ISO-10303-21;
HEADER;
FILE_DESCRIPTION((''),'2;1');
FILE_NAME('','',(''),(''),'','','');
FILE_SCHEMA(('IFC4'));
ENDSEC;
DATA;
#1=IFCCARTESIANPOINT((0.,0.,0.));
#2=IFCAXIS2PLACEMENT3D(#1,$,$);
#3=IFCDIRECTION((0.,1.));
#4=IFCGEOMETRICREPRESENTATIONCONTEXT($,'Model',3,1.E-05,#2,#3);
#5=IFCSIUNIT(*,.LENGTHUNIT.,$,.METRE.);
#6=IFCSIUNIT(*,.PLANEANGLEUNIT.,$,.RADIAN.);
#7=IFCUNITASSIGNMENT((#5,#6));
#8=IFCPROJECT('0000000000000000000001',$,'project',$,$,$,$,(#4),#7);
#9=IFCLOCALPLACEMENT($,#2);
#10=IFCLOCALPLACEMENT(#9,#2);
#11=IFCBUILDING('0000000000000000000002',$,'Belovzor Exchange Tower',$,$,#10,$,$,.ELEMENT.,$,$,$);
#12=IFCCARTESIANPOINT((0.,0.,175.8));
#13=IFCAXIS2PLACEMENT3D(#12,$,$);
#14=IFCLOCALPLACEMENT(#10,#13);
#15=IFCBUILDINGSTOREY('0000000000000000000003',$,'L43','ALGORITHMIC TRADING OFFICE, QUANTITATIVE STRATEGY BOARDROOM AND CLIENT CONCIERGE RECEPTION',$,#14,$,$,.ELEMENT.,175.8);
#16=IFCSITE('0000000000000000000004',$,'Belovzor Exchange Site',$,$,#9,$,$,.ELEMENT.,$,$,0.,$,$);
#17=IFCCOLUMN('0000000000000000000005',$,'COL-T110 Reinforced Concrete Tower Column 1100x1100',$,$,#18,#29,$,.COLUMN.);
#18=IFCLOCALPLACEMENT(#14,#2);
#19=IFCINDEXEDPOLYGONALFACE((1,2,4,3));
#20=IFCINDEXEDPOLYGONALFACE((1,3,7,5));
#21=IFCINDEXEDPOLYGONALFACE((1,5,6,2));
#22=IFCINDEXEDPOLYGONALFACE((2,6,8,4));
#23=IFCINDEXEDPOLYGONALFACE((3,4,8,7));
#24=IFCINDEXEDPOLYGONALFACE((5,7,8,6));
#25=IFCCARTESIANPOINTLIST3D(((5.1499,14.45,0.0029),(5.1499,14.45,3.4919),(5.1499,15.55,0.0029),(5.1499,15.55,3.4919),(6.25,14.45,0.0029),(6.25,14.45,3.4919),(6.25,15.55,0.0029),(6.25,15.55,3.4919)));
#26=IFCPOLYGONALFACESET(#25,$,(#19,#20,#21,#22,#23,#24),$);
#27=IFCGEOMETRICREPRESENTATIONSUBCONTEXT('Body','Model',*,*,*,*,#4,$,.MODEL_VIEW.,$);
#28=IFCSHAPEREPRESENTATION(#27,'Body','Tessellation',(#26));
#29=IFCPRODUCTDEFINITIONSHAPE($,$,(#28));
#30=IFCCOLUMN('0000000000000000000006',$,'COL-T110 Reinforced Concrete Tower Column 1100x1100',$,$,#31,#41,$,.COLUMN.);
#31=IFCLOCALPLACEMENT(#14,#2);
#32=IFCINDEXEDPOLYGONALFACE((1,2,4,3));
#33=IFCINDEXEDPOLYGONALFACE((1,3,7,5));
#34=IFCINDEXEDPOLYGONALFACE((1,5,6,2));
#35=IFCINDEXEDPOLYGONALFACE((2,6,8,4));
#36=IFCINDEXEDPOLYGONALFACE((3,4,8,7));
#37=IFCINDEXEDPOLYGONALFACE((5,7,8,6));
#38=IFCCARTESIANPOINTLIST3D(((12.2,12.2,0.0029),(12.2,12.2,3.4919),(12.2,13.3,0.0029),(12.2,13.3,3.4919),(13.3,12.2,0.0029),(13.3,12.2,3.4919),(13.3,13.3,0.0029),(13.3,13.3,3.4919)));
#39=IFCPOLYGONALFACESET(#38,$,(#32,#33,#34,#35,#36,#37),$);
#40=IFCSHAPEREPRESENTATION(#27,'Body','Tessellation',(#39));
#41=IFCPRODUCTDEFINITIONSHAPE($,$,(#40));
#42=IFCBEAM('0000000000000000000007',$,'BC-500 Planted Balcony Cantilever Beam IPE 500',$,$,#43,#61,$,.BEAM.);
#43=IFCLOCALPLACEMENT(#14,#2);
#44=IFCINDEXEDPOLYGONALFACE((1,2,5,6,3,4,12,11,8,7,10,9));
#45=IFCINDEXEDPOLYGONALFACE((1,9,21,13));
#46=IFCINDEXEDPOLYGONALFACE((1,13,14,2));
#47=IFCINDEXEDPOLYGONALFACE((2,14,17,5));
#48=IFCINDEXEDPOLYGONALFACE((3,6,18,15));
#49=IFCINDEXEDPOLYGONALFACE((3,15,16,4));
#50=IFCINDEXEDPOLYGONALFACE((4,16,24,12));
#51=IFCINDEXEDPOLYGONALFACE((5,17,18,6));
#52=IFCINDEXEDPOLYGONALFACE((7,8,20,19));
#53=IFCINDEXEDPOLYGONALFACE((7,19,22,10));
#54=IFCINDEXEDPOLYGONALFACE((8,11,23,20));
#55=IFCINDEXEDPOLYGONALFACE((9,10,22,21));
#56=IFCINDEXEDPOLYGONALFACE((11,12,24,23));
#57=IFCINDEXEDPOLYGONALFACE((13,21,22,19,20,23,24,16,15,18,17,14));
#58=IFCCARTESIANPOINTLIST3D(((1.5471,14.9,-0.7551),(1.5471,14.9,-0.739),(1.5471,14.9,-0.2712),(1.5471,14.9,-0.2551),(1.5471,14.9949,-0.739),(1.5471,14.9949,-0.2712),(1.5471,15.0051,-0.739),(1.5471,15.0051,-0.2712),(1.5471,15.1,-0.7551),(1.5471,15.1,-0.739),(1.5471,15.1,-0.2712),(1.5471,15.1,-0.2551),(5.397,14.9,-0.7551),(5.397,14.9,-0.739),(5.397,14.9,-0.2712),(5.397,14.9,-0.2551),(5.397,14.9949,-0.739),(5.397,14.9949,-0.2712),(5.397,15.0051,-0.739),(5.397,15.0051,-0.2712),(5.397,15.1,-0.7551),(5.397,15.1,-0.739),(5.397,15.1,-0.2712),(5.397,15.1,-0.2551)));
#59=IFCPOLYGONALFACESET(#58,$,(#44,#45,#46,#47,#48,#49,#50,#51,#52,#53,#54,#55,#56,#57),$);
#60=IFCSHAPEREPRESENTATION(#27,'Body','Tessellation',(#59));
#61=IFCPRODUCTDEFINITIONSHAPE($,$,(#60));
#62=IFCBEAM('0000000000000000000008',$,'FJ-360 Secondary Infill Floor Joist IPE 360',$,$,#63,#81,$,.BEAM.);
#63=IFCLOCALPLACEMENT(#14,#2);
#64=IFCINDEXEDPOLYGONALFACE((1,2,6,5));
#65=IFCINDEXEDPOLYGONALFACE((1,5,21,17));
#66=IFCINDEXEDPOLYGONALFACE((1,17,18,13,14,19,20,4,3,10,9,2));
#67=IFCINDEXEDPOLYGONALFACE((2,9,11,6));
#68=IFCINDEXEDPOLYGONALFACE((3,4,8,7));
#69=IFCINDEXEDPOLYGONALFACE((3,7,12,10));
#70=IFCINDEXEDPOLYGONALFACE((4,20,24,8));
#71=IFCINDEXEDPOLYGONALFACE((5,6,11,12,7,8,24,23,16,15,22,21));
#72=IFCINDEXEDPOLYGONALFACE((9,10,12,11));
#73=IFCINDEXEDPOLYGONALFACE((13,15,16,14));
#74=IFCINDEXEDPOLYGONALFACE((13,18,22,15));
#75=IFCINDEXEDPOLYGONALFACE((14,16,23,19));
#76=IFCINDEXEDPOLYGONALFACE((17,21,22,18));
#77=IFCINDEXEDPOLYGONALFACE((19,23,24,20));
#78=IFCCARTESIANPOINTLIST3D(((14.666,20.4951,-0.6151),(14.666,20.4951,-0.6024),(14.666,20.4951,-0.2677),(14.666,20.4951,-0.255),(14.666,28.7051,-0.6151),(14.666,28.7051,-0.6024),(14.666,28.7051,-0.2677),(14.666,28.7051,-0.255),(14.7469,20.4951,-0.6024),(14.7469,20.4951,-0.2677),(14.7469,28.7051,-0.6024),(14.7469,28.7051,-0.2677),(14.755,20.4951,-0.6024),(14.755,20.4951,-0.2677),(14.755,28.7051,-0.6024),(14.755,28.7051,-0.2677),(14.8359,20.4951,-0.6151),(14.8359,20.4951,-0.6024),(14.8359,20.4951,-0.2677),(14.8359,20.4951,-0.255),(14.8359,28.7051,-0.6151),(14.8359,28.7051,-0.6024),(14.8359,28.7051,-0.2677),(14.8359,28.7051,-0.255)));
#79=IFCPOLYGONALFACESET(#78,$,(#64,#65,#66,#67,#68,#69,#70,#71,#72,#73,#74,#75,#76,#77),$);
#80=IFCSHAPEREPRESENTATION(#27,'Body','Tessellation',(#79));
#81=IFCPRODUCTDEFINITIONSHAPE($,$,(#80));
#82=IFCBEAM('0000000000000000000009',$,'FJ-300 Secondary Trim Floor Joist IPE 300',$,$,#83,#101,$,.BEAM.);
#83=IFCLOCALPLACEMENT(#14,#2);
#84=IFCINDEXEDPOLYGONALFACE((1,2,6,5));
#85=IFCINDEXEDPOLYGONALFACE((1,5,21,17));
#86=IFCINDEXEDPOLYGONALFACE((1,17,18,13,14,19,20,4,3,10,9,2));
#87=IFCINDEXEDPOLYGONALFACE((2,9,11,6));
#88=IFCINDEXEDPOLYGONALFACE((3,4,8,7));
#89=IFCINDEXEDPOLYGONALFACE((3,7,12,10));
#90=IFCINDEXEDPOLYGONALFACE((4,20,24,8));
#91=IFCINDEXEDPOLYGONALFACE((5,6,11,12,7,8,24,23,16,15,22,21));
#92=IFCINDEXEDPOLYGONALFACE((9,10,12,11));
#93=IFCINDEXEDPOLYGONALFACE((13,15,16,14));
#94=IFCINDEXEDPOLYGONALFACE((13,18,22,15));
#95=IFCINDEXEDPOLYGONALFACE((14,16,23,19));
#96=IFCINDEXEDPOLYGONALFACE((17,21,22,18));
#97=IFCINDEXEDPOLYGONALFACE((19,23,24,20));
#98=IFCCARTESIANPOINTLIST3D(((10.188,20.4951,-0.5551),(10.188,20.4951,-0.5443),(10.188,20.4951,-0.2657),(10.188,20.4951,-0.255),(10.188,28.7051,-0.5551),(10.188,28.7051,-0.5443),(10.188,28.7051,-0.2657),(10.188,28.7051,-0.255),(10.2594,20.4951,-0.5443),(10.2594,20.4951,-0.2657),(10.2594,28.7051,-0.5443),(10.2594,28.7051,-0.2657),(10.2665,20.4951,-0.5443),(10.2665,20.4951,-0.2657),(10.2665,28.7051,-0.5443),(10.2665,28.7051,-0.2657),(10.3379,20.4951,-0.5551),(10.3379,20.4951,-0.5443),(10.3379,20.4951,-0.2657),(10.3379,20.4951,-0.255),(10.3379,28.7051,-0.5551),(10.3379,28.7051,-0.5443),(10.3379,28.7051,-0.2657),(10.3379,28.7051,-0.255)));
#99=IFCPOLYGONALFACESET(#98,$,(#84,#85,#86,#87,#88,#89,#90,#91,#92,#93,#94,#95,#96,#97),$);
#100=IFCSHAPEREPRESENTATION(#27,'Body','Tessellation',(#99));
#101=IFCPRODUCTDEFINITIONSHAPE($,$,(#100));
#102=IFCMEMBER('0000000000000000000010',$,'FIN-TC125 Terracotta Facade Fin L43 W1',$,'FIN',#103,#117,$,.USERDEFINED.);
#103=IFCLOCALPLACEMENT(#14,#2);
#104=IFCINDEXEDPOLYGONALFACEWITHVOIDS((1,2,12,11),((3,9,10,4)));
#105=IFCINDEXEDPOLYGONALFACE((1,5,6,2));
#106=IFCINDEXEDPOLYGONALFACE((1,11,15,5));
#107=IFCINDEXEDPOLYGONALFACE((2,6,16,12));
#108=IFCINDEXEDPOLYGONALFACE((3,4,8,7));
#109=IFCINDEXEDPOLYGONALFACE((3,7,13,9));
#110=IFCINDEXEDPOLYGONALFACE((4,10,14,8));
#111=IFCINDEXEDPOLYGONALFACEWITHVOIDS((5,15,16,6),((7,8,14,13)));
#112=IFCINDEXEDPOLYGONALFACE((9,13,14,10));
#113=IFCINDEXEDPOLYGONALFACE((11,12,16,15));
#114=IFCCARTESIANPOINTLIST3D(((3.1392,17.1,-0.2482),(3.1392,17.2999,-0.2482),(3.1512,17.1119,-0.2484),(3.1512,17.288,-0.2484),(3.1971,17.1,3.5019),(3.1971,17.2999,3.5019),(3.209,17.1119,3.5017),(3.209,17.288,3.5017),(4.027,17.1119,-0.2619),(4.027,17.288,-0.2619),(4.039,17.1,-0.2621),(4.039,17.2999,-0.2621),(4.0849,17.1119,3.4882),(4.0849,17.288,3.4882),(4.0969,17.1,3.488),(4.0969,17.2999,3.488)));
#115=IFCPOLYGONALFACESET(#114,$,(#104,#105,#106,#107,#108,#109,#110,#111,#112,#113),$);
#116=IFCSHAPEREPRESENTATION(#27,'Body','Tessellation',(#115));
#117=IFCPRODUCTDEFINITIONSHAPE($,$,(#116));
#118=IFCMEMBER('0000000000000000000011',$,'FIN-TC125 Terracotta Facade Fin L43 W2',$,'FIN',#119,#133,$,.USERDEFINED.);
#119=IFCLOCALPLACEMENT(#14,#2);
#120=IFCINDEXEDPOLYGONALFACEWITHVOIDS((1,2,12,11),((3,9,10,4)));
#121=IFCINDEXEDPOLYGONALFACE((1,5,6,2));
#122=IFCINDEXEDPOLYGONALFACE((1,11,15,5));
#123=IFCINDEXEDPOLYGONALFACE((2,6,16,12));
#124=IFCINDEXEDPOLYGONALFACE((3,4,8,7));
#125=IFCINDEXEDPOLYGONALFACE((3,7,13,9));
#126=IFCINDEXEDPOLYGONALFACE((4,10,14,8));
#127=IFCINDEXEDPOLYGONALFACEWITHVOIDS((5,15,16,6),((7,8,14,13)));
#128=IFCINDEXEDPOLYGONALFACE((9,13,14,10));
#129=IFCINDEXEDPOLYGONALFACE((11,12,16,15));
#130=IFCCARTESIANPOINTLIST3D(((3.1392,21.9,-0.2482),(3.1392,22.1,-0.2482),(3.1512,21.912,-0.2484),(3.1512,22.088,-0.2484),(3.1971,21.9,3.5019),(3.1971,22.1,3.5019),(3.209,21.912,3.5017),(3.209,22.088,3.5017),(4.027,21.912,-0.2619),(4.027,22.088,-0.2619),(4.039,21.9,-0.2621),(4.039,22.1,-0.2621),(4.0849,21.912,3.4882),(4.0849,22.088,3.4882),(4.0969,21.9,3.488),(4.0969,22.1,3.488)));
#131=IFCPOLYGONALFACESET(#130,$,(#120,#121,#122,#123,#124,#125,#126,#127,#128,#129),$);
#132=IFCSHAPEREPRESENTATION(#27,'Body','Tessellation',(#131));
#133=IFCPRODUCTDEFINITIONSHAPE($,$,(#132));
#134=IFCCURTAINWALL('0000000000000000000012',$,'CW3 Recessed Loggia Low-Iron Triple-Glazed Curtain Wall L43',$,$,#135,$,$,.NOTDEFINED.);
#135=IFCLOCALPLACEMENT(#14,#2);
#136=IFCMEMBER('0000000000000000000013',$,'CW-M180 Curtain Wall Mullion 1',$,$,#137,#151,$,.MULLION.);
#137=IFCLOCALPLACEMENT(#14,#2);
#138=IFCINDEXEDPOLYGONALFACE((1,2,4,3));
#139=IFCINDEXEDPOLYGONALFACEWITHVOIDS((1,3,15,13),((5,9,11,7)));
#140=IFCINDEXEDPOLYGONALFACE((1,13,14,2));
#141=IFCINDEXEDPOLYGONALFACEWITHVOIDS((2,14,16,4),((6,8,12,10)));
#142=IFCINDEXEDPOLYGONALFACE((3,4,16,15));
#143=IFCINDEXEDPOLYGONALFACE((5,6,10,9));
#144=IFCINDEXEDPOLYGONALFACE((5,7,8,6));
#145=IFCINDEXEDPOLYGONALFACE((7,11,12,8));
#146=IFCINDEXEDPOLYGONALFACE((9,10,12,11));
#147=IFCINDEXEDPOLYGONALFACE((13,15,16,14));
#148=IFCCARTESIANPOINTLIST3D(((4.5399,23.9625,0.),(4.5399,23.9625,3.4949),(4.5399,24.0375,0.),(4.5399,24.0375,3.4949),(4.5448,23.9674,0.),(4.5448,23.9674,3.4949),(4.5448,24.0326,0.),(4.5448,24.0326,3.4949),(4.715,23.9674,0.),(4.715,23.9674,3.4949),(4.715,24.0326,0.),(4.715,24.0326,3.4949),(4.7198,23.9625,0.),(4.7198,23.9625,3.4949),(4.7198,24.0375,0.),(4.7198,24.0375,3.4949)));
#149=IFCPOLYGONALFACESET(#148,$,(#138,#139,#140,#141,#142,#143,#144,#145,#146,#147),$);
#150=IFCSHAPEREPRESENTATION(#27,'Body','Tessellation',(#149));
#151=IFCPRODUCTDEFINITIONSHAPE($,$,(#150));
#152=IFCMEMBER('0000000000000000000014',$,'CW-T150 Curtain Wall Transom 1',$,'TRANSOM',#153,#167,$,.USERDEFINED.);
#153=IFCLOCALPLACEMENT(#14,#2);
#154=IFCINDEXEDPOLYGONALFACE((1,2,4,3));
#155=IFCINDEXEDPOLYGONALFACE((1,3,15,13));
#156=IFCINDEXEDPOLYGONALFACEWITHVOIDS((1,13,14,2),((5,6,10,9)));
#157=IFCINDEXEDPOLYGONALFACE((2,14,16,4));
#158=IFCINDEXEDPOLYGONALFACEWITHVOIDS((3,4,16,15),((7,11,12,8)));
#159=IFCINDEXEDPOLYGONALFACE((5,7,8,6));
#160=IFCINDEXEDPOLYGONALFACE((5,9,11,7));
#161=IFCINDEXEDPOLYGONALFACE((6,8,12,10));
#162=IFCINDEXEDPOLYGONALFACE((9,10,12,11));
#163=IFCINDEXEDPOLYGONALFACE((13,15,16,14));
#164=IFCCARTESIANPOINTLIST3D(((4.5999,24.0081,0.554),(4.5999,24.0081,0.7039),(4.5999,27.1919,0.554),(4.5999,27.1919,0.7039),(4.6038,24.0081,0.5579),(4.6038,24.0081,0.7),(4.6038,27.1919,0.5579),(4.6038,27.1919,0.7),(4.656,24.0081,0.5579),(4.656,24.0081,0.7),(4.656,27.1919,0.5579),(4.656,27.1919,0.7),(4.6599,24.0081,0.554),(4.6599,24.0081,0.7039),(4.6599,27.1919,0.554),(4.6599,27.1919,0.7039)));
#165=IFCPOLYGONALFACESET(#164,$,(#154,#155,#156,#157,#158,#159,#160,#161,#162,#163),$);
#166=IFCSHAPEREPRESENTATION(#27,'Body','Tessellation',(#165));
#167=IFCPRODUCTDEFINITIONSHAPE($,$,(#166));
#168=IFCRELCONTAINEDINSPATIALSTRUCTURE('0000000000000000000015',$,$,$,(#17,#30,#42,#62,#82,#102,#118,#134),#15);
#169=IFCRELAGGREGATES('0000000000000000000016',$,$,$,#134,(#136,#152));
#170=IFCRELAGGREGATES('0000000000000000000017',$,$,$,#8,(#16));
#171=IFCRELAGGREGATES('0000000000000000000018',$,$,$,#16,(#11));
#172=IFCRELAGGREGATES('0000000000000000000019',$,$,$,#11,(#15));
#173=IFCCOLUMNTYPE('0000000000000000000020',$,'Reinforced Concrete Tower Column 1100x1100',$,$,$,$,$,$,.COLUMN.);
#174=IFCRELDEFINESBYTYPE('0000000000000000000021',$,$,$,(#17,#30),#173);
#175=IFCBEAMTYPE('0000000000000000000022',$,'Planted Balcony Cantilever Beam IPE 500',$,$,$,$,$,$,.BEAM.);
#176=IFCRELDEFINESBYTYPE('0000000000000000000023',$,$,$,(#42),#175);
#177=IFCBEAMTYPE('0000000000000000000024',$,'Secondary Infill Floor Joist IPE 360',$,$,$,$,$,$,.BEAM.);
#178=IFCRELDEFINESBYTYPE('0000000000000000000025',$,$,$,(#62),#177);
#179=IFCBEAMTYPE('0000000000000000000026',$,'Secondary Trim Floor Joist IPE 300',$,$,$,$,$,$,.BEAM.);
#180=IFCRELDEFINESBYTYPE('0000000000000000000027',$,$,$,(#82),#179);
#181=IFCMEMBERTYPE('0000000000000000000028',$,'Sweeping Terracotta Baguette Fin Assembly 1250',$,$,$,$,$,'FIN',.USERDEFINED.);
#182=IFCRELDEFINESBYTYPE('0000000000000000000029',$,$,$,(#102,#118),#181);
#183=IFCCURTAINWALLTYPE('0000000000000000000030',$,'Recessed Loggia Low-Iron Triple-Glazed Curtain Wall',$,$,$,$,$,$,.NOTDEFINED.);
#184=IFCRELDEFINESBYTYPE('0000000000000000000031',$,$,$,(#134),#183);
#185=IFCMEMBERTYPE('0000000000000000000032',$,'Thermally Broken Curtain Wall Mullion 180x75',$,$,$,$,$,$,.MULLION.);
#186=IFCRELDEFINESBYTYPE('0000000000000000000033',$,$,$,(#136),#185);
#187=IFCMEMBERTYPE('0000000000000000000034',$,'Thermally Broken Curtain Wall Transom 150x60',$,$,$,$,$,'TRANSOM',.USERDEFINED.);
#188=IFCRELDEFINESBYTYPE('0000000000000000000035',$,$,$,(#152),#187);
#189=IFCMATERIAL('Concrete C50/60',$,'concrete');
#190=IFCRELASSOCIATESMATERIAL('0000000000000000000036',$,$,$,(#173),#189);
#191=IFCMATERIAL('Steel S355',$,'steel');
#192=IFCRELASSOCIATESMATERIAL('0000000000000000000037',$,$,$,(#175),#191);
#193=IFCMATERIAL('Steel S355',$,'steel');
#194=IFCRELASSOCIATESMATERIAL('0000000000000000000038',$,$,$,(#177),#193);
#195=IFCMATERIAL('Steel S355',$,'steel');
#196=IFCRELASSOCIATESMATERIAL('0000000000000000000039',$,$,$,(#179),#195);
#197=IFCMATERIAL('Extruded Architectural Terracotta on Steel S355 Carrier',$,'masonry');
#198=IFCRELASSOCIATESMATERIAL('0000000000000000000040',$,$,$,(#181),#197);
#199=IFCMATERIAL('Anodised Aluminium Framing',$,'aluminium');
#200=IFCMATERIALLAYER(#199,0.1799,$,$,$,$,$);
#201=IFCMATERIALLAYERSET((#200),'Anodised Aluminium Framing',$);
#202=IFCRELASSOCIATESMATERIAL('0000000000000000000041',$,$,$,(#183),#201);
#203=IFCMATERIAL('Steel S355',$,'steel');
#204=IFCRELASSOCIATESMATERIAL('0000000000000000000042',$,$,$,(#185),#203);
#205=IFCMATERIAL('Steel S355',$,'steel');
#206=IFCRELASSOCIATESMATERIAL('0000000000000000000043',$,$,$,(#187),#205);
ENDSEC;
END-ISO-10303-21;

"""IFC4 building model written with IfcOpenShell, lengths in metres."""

from ifc_helpers import new_model, si_unit, direction, frame, origin, origin_2d, place, context, subcontext, project, spatial, rectangle, hollow_rectangle, i_section, extrude, material, layer, layer_set, material_profile, profile_set, type_object, element, aggregate, save


model = new_model("IFC4")

# Units and contexts
model_context = context("Model", 3, precision=1e-05, world=origin(), true_north=direction((0.0, 1.0)))
body_context = subcontext(model_context, "Body", "Model", "MODEL_VIEW")
ifc_project = project(units=[si_unit("LENGTHUNIT", "METRE"), si_unit("PLANEANGLEUNIT", "RADIAN")], contexts=[model_context])

# Site, building, storey
site_placement = place(None, origin())
site = spatial("IfcSite", under=ifc_project, at=site_placement, Name="Belovzor Exchange Site", CompositionType="ELEMENT", RefElevation=0.0)
building_placement = place(site_placement, origin())
building = spatial("IfcBuilding", under=site, at=building_placement, Name="Belovzor Exchange Tower", CompositionType="ELEMENT")
storey_placement = place(building_placement, frame((0.0, 0.0, 175.8)))
storey = spatial("IfcBuildingStorey", under=building, at=storey_placement, Name="L43", Description="ALGORITHMIC TRADING OFFICE, QUANTITATIVE STRATEGY BOARDROOM AND CLIENT CONCIERGE RECEPTION", CompositionType="ELEMENT", Elevation=175.8)

# Columns
ifc_material_1 = material(Name="Concrete C50/60", Category="concrete")
ifc_material_profile_1 = material_profile(ifc_material_1, rectangle(XDim=1.1001, YDim=1.1001, at=origin_2d()))
ifc_profile_set_1 = profile_set([ifc_material_profile_1], Name="Concrete C50/60")
column_type = type_object("IfcColumnType", Name="Reinforced Concrete Tower Column 1100x1100", PredefinedType="COLUMN", material=ifc_profile_set_1)
for number, where, z_axis, x_axis, name in (
    (1, (5.7, 15.0, 0.0029), (0.0, 0.0, 1.0), (1.0, 0.0, 0.0), "COL-T110 Reinforced Concrete Tower Column 1100x1100"),
    (2, (12.75, 12.75, 0.0029), (0.0, 0.0, 1.0), (1.0, 0.0, 0.0), "COL-T110 Reinforced Concrete Tower Column 1100x1100"),
):
    element("IfcColumn", number, at=place(storey_placement, frame(where, z_axis=z_axis, x_axis=x_axis)), inside=storey, type_object=column_type, Name=name, PredefinedType="COLUMN", context=body_context, shape_type="SweptSolid", body=[
        extrude(rectangle(XDim=1.1001, YDim=1.1001, at=origin_2d()), origin(), (0.0, 0.0, 1.0), 3.489),
    ])

# Beams
ifc_material_2 = material(Name="Steel S355", Category="steel")
ifc_material_profile_2 = material_profile(ifc_material_2, i_section(OverallWidth=0.2, OverallDepth=0.5, WebThickness=0.0103, FlangeThickness=0.0161, at=origin_2d()))
ifc_profile_set_2 = profile_set([ifc_material_profile_2], Name="Steel S355")
beam_type_1 = type_object("IfcBeamType", Name="Planted Balcony Cantilever Beam IPE 500", PredefinedType="BEAM", material=ifc_profile_set_2)
beam_1_placement = place(storey_placement, frame((5.397, 15.0, -0.5051), z_axis=(-1.0, 0.0, 0.0), x_axis=(0.0, -1.0, 0.0)))
element("IfcBeam", 3, at=beam_1_placement, inside=storey, type_object=beam_type_1, Name="BC-500 Planted Balcony Cantilever Beam IPE 500", PredefinedType="BEAM", context=body_context, shape_type="SweptSolid", body=[
    extrude(i_section(OverallWidth=0.2, OverallDepth=0.5, WebThickness=0.0103, FlangeThickness=0.0161, at=origin_2d()), origin(), (0.0, 0.0, 1.0), 3.8499),
])
ifc_material_3 = material(Name="Steel S355", Category="steel")
ifc_material_profile_3 = material_profile(ifc_material_3, i_section(OverallWidth=0.1699, OverallDepth=0.3601, WebThickness=0.0081, FlangeThickness=0.0127, at=origin_2d()))
ifc_profile_set_3 = profile_set([ifc_material_profile_3], Name="Steel S355")
beam_type_2 = type_object("IfcBeamType", Name="Secondary Infill Floor Joist IPE 360", PredefinedType="BEAM", material=ifc_profile_set_3)
beam_2_placement = place(storey_placement, frame((14.751, 20.4951, -0.4351), z_axis=(0.0, 1.0, 0.0), x_axis=(-1.0, 0.0, 0.0)))
element("IfcBeam", 4, at=beam_2_placement, inside=storey, type_object=beam_type_2, Name="FJ-360 Secondary Infill Floor Joist IPE 360", PredefinedType="BEAM", context=body_context, shape_type="SweptSolid", body=[
    extrude(i_section(OverallWidth=0.1699, OverallDepth=0.3601, WebThickness=0.0081, FlangeThickness=0.0127, at=origin_2d()), origin(), (0.0, 0.0, 1.0), 8.21),
])
ifc_material_4 = material(Name="Steel S355", Category="steel")
ifc_material_profile_4 = material_profile(ifc_material_4, i_section(OverallWidth=0.1499, OverallDepth=0.3, WebThickness=0.0071, FlangeThickness=0.0107, at=origin_2d()))
ifc_profile_set_4 = profile_set([ifc_material_profile_4], Name="Steel S355")
beam_type_3 = type_object("IfcBeamType", Name="Secondary Trim Floor Joist IPE 300", PredefinedType="BEAM", material=ifc_profile_set_4)
beam_3_placement = place(storey_placement, frame((10.2629, 20.4951, -0.405), z_axis=(0.0, 1.0, 0.0), x_axis=(-1.0, 0.0, 0.0)))
element("IfcBeam", 5, at=beam_3_placement, inside=storey, type_object=beam_type_3, Name="FJ-300 Secondary Trim Floor Joist IPE 300", PredefinedType="BEAM", context=body_context, shape_type="SweptSolid", body=[
    extrude(i_section(OverallWidth=0.1499, OverallDepth=0.3, WebThickness=0.0071, FlangeThickness=0.0107, at=origin_2d()), origin(), (0.0, 0.0, 1.0), 8.21),
])

# Members
ifc_material_5 = material(Name="Extruded Architectural Terracotta on Steel S355 Carrier", Category="masonry")
ifc_material_profile_5 = material_profile(ifc_material_5, hollow_rectangle(XDim=0.2, YDim=0.8999, WallThickness=0.012, at=origin_2d()))
ifc_profile_set_5 = profile_set([ifc_material_profile_5], Name="Extruded Architectural Terracotta on Steel S355 Carrier")
member_type_1 = type_object("IfcMemberType", Name="Sweeping Terracotta Baguette Fin Assembly 1250", ElementType="FIN", PredefinedType="USERDEFINED", material=ifc_profile_set_5)
for number, where, z_axis, x_axis, name in (
    (6, (3.5891, 17.2, -0.2551), (0.015428, 0.0, 0.999881), (0.0, 1.0, 0.0), "FIN-TC125 Terracotta Facade Fin L43 W1"),
    (7, (3.5891, 22.0, -0.2551), (0.015428, 0.0, 0.999881), (0.0, 1.0, 0.0), "FIN-TC125 Terracotta Facade Fin L43 W2"),
):
    element("IfcMember", number, at=place(storey_placement, frame(where, z_axis=z_axis, x_axis=x_axis)), inside=storey, type_object=member_type_1, Name=name, ObjectType="FIN", PredefinedType="USERDEFINED", context=body_context, shape_type="SweptSolid", body=[
        extrude(hollow_rectangle(XDim=0.2, YDim=0.8999, WallThickness=0.012, at=origin_2d()), origin(), (0.0, 0.0, 1.0), 3.7505),
    ])

# Curtain wall, members
ifc_material_6 = material(Name="Anodised Aluminium Framing", Category="aluminium")
ifc_layer_1 = layer(ifc_material_6, 0.1799)
ifc_layer_set_1 = layer_set([ifc_layer_1], Name="Anodised Aluminium Framing")
curtain_wall_type = type_object("IfcCurtainWallType", Name="Recessed Loggia Low-Iron Triple-Glazed Curtain Wall", PredefinedType="NOTDEFINED", material=ifc_layer_set_1)
curtain_wall_placement = place(storey_placement, origin())
curtain_wall = element("IfcCurtainWall", 8, at=curtain_wall_placement, inside=storey, type_object=curtain_wall_type, Name="CW3 Recessed Loggia Low-Iron Triple-Glazed Curtain Wall L43", PredefinedType="NOTDEFINED")
ifc_material_7 = material(Name="Steel S355", Category="steel")
ifc_material_profile_6 = material_profile(ifc_material_7, hollow_rectangle(XDim=0.075, YDim=0.1799, WallThickness=0.0049, at=origin_2d()))
ifc_profile_set_6 = profile_set([ifc_material_profile_6], Name="Steel S355")
member_type_2 = type_object("IfcMemberType", Name="Thermally Broken Curtain Wall Mullion 180x75", PredefinedType="MULLION", material=ifc_profile_set_6)
member_1_placement = place(storey_placement, frame((4.6299, 24.0, 0.0), z_axis=(0.0, 0.0, 1.0), x_axis=(0.0, 1.0, 0.0)))
member_1 = element("IfcMember", 9, at=member_1_placement, type_object=member_type_2, Name="CW-M180 Curtain Wall Mullion 1", PredefinedType="MULLION", context=body_context, shape_type="SweptSolid", body=[
    extrude(hollow_rectangle(XDim=0.075, YDim=0.1799, WallThickness=0.0049, at=origin_2d()), origin(), (0.0, 0.0, 1.0), 3.4949),
])
ifc_material_8 = material(Name="Steel S355", Category="steel")
ifc_material_profile_7 = material_profile(ifc_material_8, hollow_rectangle(XDim=0.0601, YDim=0.1499, WallThickness=0.0039, at=origin_2d()))
ifc_profile_set_7 = profile_set([ifc_material_profile_7], Name="Steel S355")
member_type_3 = type_object("IfcMemberType", Name="Thermally Broken Curtain Wall Transom 150x60", ElementType="TRANSOM", PredefinedType="USERDEFINED", material=ifc_profile_set_7)
member_2_placement = place(storey_placement, frame((4.6299, 24.0081, 0.6289), z_axis=(0.0, 1.0, 0.0), x_axis=(-1.0, 0.0, 0.0)))
member_2 = element("IfcMember", 10, at=member_2_placement, type_object=member_type_3, Name="CW-T150 Curtain Wall Transom 1", ObjectType="TRANSOM", PredefinedType="USERDEFINED", context=body_context, shape_type="SweptSolid", body=[
    extrude(hollow_rectangle(XDim=0.0601, YDim=0.1499, WallThickness=0.0039, at=origin_2d()), origin(), (0.0, 0.0, 1.0), 3.1838),
])

aggregate(curtain_wall, [member_1, member_2])

save(model, "model.ifc")
